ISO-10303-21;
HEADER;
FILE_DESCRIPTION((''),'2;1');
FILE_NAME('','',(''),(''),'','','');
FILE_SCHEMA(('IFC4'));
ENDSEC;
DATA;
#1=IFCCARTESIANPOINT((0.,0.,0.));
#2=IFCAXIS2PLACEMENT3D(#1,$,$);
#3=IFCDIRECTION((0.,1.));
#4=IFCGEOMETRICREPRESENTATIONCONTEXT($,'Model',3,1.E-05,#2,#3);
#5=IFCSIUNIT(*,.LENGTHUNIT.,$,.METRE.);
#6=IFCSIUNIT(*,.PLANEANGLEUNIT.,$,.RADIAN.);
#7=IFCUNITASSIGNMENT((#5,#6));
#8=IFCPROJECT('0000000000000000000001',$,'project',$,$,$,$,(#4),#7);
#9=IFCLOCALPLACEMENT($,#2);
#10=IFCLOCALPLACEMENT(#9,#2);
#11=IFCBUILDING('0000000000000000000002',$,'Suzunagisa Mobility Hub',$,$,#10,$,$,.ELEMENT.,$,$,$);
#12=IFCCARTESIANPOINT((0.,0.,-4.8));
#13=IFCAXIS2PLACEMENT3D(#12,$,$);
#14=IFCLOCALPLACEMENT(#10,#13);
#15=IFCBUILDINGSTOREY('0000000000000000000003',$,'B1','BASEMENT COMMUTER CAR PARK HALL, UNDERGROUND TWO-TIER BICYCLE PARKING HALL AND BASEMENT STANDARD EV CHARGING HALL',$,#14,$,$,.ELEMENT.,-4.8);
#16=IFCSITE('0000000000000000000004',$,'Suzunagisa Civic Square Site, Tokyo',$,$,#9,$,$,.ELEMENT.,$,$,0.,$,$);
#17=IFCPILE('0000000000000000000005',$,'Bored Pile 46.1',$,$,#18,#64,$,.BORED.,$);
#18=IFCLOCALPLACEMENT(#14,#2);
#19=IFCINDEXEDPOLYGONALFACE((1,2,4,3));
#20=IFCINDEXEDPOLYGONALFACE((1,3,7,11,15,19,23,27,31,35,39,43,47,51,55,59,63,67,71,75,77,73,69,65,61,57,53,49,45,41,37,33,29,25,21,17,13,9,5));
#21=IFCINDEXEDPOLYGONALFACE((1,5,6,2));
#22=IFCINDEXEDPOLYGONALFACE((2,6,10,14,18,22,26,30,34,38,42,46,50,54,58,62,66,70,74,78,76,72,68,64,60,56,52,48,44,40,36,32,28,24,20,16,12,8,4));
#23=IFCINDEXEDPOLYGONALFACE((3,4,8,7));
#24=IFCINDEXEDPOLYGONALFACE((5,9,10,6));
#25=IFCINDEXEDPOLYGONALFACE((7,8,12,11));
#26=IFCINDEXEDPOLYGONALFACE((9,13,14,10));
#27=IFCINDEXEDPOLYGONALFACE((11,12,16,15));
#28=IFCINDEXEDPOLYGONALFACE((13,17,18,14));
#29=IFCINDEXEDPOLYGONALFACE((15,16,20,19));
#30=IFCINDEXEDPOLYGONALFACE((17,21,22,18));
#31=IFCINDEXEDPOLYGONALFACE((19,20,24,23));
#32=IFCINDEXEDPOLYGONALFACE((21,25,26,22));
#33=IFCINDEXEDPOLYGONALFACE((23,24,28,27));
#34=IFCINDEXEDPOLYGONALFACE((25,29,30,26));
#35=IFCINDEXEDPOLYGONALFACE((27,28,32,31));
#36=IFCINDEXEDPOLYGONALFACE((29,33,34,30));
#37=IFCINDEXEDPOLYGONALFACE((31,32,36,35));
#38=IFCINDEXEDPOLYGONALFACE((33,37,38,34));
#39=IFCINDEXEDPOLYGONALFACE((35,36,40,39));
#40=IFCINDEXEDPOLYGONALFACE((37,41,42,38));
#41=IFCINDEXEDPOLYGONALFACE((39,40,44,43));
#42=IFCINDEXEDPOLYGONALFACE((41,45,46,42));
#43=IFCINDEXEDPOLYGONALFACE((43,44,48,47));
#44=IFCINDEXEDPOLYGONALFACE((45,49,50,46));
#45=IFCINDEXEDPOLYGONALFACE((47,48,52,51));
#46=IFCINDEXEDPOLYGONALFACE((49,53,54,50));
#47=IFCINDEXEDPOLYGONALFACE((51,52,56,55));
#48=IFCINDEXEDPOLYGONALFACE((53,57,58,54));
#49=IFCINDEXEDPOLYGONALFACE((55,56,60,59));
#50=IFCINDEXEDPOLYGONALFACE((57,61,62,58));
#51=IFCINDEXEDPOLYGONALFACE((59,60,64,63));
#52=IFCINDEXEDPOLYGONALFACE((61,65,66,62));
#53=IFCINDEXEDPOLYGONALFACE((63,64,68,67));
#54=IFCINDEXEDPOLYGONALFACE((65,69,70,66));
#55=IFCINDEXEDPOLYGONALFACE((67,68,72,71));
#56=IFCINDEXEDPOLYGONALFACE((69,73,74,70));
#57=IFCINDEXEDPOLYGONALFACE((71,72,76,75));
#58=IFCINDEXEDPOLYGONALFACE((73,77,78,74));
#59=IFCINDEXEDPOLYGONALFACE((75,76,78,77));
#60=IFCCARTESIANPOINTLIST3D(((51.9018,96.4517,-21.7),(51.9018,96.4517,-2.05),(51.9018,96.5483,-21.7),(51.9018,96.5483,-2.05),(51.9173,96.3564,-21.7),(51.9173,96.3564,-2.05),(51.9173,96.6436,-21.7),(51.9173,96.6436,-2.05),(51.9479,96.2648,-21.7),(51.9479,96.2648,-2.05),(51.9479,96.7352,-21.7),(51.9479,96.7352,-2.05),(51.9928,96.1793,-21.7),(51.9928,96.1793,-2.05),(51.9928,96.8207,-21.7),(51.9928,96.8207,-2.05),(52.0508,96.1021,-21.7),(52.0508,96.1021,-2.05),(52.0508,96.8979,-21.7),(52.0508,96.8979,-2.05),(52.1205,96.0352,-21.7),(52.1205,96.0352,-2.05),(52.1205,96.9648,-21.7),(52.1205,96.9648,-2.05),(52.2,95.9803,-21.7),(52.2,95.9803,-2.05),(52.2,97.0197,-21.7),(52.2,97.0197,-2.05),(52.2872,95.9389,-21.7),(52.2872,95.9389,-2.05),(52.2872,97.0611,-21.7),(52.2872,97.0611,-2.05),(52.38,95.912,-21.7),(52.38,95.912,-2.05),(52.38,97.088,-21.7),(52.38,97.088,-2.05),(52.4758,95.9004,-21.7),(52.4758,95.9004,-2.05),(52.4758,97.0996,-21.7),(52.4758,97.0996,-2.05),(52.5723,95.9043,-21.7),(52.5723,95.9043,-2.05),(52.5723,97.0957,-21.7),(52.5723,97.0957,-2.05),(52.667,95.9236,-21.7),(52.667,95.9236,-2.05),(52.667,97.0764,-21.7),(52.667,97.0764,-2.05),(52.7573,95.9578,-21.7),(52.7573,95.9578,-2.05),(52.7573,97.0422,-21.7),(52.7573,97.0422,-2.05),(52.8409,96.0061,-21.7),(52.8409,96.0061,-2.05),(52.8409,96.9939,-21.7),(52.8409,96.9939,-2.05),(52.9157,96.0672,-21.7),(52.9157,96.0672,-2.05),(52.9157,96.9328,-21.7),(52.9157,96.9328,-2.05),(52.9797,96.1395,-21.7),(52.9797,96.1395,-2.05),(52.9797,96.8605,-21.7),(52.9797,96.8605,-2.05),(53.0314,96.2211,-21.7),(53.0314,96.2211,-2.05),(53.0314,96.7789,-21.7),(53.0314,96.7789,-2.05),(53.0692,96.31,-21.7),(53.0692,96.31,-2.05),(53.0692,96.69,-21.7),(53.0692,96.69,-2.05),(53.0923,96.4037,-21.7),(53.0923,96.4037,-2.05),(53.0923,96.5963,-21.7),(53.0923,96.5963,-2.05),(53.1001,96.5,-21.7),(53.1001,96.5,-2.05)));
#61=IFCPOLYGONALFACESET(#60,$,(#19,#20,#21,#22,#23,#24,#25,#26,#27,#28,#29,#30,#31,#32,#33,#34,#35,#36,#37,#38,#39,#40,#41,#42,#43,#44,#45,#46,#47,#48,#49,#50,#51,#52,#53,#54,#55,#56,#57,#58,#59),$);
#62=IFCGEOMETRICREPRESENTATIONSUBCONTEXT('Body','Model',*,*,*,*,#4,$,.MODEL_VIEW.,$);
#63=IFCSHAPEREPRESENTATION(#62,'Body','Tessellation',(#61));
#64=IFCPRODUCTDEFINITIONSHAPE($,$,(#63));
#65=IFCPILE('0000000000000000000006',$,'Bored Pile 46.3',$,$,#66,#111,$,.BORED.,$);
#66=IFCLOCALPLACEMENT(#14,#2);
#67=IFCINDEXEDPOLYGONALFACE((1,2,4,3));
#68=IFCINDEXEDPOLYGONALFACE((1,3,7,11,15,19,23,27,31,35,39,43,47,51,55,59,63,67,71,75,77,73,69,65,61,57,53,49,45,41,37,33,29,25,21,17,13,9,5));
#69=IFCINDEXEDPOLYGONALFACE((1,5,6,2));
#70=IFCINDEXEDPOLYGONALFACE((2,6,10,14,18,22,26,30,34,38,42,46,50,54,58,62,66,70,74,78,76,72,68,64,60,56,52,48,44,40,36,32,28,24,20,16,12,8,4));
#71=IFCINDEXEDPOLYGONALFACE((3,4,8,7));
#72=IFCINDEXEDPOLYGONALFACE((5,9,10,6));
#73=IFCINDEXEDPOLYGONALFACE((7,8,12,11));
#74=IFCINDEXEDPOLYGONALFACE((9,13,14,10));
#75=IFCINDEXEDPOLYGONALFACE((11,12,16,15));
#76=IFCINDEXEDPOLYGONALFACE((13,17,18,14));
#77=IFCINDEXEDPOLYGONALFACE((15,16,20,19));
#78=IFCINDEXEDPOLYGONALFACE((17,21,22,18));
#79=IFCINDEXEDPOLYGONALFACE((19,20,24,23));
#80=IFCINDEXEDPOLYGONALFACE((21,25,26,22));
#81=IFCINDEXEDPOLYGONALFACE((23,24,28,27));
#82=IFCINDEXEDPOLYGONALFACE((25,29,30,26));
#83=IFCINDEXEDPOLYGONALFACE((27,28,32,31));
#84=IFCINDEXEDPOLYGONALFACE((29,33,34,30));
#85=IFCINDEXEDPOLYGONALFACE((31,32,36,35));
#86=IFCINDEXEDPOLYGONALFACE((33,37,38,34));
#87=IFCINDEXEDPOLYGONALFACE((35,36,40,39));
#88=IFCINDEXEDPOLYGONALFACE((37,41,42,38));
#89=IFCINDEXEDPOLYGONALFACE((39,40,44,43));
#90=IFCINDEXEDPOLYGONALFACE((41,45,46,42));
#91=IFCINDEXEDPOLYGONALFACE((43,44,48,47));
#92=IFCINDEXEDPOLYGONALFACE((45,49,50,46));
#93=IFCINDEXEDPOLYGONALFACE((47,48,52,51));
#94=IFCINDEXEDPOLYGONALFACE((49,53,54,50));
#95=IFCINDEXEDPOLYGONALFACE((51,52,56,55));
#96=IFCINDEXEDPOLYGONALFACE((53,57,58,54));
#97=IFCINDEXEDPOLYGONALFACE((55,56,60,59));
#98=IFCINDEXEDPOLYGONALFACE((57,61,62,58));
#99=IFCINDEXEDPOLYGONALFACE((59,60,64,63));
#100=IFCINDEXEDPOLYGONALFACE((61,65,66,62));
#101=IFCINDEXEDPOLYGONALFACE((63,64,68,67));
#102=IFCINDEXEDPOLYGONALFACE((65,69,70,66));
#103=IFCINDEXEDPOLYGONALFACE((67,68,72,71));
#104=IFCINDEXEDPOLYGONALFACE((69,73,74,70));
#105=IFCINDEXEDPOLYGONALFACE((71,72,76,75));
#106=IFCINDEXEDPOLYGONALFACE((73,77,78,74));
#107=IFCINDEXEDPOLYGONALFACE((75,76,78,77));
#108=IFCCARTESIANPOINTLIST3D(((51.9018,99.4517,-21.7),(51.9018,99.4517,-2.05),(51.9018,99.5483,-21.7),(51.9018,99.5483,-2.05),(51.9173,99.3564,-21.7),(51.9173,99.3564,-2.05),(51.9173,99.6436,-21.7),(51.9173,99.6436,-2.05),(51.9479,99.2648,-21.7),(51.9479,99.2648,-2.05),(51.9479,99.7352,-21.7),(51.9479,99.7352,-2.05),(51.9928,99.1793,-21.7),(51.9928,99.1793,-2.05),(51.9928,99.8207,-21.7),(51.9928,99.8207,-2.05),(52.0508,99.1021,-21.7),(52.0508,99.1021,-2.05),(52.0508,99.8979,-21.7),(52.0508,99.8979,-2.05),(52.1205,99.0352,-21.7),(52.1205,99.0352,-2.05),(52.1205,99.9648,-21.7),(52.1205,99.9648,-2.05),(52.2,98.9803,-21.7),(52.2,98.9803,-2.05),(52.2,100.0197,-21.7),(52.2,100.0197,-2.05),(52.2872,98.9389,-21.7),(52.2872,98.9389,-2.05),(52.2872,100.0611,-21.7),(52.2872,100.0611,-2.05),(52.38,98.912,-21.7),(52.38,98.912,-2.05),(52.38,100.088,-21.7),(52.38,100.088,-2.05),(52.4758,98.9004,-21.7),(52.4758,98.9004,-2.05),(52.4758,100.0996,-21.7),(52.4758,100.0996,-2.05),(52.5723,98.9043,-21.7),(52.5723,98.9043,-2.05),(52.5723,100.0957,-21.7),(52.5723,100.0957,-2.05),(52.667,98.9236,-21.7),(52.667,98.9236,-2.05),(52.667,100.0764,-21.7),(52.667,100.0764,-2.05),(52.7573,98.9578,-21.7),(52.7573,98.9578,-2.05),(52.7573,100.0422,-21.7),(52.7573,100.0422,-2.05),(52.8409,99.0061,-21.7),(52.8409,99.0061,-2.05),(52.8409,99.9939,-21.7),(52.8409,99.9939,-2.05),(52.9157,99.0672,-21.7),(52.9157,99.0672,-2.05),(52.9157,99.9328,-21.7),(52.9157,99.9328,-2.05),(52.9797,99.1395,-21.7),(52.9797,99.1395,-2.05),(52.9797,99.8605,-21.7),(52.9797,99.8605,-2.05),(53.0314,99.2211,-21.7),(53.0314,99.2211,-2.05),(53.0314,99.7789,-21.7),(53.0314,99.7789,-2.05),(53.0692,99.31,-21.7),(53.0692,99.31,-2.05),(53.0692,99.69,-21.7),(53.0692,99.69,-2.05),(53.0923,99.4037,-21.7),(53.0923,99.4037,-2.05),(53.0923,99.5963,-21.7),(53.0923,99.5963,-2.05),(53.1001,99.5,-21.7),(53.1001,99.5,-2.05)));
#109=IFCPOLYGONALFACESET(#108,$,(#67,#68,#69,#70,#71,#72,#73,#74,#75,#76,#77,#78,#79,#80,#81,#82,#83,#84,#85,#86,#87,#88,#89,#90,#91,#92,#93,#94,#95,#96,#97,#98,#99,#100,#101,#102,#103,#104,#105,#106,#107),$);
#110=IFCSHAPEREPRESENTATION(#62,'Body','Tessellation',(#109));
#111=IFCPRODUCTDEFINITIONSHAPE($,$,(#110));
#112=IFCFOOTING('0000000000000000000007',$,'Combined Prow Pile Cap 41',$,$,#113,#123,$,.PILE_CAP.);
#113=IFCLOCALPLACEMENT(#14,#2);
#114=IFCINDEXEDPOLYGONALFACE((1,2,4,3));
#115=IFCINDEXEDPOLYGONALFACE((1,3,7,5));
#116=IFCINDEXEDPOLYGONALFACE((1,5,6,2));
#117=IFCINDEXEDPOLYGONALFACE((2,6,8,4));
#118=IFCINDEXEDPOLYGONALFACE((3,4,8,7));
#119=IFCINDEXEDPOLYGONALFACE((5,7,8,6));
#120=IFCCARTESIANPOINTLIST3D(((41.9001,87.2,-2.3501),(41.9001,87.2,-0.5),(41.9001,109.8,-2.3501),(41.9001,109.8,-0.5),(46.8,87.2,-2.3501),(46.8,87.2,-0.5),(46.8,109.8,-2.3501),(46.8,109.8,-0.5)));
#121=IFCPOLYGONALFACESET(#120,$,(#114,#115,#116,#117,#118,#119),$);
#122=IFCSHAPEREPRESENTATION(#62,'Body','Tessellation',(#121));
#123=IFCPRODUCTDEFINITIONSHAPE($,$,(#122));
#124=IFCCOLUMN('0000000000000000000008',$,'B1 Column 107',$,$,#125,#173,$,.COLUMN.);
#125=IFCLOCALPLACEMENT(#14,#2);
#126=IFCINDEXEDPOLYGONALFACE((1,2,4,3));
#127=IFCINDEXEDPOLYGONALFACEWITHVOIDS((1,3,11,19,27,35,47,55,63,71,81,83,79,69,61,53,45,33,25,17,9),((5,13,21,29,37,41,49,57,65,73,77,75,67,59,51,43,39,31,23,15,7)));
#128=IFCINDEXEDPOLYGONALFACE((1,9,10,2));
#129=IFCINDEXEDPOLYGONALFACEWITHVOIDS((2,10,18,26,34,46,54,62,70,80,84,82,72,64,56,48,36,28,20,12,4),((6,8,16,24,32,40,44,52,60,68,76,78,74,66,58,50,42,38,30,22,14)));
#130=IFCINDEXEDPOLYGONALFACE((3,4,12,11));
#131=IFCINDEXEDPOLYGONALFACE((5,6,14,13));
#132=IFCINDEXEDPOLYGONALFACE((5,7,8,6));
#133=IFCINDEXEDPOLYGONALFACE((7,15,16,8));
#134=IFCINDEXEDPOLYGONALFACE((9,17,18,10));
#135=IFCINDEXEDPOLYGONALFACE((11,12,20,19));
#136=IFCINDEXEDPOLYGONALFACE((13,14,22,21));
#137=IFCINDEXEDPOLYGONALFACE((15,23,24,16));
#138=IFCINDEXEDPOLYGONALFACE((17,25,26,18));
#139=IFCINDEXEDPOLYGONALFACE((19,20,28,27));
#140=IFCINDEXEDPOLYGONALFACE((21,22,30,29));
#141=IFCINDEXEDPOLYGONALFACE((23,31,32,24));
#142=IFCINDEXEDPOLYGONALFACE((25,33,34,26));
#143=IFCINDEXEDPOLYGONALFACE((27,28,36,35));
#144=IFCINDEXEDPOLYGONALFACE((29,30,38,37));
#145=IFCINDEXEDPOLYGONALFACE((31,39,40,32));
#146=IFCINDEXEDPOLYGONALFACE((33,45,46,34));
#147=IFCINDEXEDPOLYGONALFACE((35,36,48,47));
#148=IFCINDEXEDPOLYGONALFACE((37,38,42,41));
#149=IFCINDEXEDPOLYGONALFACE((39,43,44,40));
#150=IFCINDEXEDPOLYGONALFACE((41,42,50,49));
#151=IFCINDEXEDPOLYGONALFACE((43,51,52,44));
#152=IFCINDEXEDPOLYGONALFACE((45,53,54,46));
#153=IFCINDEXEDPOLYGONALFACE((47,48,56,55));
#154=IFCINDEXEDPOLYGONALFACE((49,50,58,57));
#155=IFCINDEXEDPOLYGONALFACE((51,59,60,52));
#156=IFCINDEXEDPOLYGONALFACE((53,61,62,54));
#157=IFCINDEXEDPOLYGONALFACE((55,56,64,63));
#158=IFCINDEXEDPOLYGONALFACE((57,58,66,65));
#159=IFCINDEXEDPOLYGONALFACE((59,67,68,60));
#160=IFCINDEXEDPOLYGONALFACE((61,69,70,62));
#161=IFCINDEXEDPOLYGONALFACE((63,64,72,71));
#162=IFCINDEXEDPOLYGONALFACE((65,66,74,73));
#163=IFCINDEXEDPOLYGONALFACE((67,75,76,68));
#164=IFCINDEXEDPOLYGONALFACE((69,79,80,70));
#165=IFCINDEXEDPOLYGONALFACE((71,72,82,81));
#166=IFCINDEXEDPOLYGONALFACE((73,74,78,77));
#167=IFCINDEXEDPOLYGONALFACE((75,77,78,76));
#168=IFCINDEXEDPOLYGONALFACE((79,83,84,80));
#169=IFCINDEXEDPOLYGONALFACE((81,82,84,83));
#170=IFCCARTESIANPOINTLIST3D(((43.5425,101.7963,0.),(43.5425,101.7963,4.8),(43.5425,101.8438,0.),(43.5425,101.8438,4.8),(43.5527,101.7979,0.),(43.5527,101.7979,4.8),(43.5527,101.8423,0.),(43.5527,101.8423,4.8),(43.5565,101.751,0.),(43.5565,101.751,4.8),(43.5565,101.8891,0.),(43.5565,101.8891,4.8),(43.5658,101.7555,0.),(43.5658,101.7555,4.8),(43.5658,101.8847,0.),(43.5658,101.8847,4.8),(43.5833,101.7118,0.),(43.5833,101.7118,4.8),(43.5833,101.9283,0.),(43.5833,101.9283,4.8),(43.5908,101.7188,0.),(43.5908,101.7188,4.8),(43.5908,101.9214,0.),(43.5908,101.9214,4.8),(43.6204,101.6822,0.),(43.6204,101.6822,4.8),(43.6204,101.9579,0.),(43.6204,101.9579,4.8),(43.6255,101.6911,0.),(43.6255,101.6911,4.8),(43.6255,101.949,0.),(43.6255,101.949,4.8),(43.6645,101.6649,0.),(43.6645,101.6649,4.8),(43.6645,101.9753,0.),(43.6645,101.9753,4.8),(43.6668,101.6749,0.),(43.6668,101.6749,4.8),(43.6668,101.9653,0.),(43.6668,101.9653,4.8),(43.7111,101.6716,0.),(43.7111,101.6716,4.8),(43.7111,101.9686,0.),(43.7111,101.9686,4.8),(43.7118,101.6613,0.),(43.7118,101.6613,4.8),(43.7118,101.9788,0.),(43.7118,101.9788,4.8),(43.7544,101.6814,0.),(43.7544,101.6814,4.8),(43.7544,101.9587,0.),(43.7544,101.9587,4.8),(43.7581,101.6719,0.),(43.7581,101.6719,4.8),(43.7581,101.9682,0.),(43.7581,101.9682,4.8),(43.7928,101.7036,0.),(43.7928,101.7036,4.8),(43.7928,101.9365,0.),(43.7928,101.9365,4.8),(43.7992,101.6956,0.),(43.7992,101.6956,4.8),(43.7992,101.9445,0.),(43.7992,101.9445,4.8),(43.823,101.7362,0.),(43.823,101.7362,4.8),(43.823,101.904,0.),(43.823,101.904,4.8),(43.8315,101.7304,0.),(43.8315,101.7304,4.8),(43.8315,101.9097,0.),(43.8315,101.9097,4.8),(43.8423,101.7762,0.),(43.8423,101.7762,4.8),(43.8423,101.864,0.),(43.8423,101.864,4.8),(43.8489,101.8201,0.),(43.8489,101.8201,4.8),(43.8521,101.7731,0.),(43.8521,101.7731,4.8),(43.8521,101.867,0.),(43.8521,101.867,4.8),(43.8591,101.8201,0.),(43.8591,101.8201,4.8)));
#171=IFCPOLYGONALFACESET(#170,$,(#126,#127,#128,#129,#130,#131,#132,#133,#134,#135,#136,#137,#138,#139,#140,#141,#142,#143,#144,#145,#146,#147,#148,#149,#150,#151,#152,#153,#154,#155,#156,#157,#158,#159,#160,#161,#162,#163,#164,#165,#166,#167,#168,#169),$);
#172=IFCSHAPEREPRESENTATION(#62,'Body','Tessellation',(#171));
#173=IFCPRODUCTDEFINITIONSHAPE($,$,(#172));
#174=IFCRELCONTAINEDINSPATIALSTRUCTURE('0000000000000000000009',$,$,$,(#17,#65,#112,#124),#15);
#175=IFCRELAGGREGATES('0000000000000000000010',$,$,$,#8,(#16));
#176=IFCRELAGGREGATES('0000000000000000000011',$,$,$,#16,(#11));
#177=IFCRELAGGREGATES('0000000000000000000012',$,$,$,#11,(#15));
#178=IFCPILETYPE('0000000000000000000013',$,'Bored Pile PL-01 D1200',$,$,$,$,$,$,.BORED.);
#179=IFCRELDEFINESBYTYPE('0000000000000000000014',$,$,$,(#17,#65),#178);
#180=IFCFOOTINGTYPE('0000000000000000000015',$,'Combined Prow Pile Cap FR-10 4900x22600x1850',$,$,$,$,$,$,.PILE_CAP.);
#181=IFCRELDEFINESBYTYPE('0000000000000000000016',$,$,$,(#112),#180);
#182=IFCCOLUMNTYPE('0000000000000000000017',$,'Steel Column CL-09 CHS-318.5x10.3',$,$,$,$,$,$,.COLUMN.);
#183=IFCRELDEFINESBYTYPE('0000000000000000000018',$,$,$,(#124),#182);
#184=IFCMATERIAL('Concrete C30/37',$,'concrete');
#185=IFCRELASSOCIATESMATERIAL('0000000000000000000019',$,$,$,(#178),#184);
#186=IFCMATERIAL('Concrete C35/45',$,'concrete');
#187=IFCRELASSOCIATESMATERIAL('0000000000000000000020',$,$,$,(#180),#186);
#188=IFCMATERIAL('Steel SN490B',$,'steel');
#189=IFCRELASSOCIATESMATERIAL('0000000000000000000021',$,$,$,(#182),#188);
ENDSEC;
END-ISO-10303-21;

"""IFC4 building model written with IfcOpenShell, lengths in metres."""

from ifc_helpers import new_model, si_unit, direction, frame, origin, origin_2d, place, context, subcontext, project, spatial, rectangle, circle, hollow_circle, extrude, material, material_profile, profile_set, type_object, element, save


model = new_model("IFC4")

# Units and contexts
model_context = context("Model", 3, precision=1e-05, world=origin(), true_north=direction((0.0, 1.0)))
body_context = subcontext(model_context, "Body", "Model", "MODEL_VIEW")
ifc_project = project(units=[si_unit("LENGTHUNIT", "METRE"), si_unit("PLANEANGLEUNIT", "RADIAN")], contexts=[model_context])

# Site, building, storey
site_placement = place(None, origin())
site = spatial("IfcSite", under=ifc_project, at=site_placement, Name="Suzunagisa Civic Square Site, Tokyo", CompositionType="ELEMENT", RefElevation=0.0)
building_placement = place(site_placement, origin())
building = spatial("IfcBuilding", under=site, at=building_placement, Name="Suzunagisa Mobility Hub", CompositionType="ELEMENT")
storey_placement = place(building_placement, frame((0.0, 0.0, -4.8)))
storey = spatial("IfcBuildingStorey", under=building, at=storey_placement, Name="B1", Description="BASEMENT COMMUTER CAR PARK HALL, UNDERGROUND TWO-TIER BICYCLE PARKING HALL AND BASEMENT STANDARD EV CHARGING HALL", CompositionType="ELEMENT", Elevation=-4.8)

# Piles
ifc_material_1 = material(Name="Concrete C30/37", Category="concrete")
ifc_material_profile_1 = material_profile(ifc_material_1, circle(Radius=0.6001, at=origin_2d()), Name="BORED PILE D1200")
ifc_profile_set_1 = profile_set([ifc_material_profile_1], Name="Concrete C30/37")
pile_type = type_object("IfcPileType", Name="Bored Pile PL-01 D1200", PredefinedType="BORED", material=ifc_profile_set_1)
for number, where, z_axis, x_axis, name in (
    (1, (52.5, 96.5, -2.05), (0.0, 0.0, -1.0), (1.0, 0.0, 0.0), "Bored Pile 46.1"),
    (2, (52.5, 99.5, -2.05), (0.0, 0.0, -1.0), (1.0, 0.0, 0.0), "Bored Pile 46.3"),
):
    element("IfcPile", number, at=place(storey_placement, frame(where, z_axis=z_axis, x_axis=x_axis)), inside=storey, type_object=pile_type, Name=name, PredefinedType="BORED", context=body_context, shape_type="SweptSolid", body=[
        extrude(circle(Radius=0.6001, at=origin_2d()), origin(), (0.0, 0.0, 1.0), 19.6499),
    ])

# Footing
ifc_material_2 = material(Name="Concrete C35/45", Category="concrete")
footing_type = type_object("IfcFootingType", Name="Combined Prow Pile Cap FR-10 4900x22600x1850", PredefinedType="PILE_CAP", material=ifc_material_2)
footing_placement = place(storey_placement, frame((44.3501, 98.5, -2.3501), z_axis=(0.0, 0.0, 1.0), x_axis=(1.0, 0.0, 0.0)))
element("IfcFooting", 3, at=footing_placement, inside=storey, type_object=footing_type, Name="Combined Prow Pile Cap 41", PredefinedType="PILE_CAP", context=body_context, shape_type="SweptSolid", body=[
    extrude(rectangle(XDim=4.8999, YDim=22.6001, at=origin_2d()), origin(), (0.0, 0.0, 1.0), 1.8501),
])

# Column
ifc_material_3 = material(Name="Steel SN490B", Category="steel")
ifc_material_profile_2 = material_profile(ifc_material_3, hollow_circle(Radius=0.1592, WallThickness=0.0103, at=origin_2d()), Name="CHS-318.5x10.3")
ifc_profile_set_2 = profile_set([ifc_material_profile_2], Name="Steel SN490B")
column_type_1 = type_object("IfcColumnType", Name="Steel Column CL-09 CHS-318.5x10.3", PredefinedType="COLUMN", material=ifc_profile_set_2)
for number, where, z_axis, x_axis, name in (
    (4, (43.7, 101.8201, 0.0), (0.0, 0.0, 1.0), (1.0, 0.0, 0.0), "B1 Column 107"),
):
    element("IfcColumn", number, at=place(storey_placement, frame(where, z_axis=z_axis, x_axis=x_axis)), inside=storey, type_object=column_type_1, Name=name, PredefinedType="COLUMN", context=body_context, shape_type="SweptSolid", body=[
        extrude(hollow_circle(Radius=0.1592, WallThickness=0.0103, at=origin_2d()), origin(), (0.0, 0.0, 1.0), 4.8),
    ])

save(model, "model.ifc")
